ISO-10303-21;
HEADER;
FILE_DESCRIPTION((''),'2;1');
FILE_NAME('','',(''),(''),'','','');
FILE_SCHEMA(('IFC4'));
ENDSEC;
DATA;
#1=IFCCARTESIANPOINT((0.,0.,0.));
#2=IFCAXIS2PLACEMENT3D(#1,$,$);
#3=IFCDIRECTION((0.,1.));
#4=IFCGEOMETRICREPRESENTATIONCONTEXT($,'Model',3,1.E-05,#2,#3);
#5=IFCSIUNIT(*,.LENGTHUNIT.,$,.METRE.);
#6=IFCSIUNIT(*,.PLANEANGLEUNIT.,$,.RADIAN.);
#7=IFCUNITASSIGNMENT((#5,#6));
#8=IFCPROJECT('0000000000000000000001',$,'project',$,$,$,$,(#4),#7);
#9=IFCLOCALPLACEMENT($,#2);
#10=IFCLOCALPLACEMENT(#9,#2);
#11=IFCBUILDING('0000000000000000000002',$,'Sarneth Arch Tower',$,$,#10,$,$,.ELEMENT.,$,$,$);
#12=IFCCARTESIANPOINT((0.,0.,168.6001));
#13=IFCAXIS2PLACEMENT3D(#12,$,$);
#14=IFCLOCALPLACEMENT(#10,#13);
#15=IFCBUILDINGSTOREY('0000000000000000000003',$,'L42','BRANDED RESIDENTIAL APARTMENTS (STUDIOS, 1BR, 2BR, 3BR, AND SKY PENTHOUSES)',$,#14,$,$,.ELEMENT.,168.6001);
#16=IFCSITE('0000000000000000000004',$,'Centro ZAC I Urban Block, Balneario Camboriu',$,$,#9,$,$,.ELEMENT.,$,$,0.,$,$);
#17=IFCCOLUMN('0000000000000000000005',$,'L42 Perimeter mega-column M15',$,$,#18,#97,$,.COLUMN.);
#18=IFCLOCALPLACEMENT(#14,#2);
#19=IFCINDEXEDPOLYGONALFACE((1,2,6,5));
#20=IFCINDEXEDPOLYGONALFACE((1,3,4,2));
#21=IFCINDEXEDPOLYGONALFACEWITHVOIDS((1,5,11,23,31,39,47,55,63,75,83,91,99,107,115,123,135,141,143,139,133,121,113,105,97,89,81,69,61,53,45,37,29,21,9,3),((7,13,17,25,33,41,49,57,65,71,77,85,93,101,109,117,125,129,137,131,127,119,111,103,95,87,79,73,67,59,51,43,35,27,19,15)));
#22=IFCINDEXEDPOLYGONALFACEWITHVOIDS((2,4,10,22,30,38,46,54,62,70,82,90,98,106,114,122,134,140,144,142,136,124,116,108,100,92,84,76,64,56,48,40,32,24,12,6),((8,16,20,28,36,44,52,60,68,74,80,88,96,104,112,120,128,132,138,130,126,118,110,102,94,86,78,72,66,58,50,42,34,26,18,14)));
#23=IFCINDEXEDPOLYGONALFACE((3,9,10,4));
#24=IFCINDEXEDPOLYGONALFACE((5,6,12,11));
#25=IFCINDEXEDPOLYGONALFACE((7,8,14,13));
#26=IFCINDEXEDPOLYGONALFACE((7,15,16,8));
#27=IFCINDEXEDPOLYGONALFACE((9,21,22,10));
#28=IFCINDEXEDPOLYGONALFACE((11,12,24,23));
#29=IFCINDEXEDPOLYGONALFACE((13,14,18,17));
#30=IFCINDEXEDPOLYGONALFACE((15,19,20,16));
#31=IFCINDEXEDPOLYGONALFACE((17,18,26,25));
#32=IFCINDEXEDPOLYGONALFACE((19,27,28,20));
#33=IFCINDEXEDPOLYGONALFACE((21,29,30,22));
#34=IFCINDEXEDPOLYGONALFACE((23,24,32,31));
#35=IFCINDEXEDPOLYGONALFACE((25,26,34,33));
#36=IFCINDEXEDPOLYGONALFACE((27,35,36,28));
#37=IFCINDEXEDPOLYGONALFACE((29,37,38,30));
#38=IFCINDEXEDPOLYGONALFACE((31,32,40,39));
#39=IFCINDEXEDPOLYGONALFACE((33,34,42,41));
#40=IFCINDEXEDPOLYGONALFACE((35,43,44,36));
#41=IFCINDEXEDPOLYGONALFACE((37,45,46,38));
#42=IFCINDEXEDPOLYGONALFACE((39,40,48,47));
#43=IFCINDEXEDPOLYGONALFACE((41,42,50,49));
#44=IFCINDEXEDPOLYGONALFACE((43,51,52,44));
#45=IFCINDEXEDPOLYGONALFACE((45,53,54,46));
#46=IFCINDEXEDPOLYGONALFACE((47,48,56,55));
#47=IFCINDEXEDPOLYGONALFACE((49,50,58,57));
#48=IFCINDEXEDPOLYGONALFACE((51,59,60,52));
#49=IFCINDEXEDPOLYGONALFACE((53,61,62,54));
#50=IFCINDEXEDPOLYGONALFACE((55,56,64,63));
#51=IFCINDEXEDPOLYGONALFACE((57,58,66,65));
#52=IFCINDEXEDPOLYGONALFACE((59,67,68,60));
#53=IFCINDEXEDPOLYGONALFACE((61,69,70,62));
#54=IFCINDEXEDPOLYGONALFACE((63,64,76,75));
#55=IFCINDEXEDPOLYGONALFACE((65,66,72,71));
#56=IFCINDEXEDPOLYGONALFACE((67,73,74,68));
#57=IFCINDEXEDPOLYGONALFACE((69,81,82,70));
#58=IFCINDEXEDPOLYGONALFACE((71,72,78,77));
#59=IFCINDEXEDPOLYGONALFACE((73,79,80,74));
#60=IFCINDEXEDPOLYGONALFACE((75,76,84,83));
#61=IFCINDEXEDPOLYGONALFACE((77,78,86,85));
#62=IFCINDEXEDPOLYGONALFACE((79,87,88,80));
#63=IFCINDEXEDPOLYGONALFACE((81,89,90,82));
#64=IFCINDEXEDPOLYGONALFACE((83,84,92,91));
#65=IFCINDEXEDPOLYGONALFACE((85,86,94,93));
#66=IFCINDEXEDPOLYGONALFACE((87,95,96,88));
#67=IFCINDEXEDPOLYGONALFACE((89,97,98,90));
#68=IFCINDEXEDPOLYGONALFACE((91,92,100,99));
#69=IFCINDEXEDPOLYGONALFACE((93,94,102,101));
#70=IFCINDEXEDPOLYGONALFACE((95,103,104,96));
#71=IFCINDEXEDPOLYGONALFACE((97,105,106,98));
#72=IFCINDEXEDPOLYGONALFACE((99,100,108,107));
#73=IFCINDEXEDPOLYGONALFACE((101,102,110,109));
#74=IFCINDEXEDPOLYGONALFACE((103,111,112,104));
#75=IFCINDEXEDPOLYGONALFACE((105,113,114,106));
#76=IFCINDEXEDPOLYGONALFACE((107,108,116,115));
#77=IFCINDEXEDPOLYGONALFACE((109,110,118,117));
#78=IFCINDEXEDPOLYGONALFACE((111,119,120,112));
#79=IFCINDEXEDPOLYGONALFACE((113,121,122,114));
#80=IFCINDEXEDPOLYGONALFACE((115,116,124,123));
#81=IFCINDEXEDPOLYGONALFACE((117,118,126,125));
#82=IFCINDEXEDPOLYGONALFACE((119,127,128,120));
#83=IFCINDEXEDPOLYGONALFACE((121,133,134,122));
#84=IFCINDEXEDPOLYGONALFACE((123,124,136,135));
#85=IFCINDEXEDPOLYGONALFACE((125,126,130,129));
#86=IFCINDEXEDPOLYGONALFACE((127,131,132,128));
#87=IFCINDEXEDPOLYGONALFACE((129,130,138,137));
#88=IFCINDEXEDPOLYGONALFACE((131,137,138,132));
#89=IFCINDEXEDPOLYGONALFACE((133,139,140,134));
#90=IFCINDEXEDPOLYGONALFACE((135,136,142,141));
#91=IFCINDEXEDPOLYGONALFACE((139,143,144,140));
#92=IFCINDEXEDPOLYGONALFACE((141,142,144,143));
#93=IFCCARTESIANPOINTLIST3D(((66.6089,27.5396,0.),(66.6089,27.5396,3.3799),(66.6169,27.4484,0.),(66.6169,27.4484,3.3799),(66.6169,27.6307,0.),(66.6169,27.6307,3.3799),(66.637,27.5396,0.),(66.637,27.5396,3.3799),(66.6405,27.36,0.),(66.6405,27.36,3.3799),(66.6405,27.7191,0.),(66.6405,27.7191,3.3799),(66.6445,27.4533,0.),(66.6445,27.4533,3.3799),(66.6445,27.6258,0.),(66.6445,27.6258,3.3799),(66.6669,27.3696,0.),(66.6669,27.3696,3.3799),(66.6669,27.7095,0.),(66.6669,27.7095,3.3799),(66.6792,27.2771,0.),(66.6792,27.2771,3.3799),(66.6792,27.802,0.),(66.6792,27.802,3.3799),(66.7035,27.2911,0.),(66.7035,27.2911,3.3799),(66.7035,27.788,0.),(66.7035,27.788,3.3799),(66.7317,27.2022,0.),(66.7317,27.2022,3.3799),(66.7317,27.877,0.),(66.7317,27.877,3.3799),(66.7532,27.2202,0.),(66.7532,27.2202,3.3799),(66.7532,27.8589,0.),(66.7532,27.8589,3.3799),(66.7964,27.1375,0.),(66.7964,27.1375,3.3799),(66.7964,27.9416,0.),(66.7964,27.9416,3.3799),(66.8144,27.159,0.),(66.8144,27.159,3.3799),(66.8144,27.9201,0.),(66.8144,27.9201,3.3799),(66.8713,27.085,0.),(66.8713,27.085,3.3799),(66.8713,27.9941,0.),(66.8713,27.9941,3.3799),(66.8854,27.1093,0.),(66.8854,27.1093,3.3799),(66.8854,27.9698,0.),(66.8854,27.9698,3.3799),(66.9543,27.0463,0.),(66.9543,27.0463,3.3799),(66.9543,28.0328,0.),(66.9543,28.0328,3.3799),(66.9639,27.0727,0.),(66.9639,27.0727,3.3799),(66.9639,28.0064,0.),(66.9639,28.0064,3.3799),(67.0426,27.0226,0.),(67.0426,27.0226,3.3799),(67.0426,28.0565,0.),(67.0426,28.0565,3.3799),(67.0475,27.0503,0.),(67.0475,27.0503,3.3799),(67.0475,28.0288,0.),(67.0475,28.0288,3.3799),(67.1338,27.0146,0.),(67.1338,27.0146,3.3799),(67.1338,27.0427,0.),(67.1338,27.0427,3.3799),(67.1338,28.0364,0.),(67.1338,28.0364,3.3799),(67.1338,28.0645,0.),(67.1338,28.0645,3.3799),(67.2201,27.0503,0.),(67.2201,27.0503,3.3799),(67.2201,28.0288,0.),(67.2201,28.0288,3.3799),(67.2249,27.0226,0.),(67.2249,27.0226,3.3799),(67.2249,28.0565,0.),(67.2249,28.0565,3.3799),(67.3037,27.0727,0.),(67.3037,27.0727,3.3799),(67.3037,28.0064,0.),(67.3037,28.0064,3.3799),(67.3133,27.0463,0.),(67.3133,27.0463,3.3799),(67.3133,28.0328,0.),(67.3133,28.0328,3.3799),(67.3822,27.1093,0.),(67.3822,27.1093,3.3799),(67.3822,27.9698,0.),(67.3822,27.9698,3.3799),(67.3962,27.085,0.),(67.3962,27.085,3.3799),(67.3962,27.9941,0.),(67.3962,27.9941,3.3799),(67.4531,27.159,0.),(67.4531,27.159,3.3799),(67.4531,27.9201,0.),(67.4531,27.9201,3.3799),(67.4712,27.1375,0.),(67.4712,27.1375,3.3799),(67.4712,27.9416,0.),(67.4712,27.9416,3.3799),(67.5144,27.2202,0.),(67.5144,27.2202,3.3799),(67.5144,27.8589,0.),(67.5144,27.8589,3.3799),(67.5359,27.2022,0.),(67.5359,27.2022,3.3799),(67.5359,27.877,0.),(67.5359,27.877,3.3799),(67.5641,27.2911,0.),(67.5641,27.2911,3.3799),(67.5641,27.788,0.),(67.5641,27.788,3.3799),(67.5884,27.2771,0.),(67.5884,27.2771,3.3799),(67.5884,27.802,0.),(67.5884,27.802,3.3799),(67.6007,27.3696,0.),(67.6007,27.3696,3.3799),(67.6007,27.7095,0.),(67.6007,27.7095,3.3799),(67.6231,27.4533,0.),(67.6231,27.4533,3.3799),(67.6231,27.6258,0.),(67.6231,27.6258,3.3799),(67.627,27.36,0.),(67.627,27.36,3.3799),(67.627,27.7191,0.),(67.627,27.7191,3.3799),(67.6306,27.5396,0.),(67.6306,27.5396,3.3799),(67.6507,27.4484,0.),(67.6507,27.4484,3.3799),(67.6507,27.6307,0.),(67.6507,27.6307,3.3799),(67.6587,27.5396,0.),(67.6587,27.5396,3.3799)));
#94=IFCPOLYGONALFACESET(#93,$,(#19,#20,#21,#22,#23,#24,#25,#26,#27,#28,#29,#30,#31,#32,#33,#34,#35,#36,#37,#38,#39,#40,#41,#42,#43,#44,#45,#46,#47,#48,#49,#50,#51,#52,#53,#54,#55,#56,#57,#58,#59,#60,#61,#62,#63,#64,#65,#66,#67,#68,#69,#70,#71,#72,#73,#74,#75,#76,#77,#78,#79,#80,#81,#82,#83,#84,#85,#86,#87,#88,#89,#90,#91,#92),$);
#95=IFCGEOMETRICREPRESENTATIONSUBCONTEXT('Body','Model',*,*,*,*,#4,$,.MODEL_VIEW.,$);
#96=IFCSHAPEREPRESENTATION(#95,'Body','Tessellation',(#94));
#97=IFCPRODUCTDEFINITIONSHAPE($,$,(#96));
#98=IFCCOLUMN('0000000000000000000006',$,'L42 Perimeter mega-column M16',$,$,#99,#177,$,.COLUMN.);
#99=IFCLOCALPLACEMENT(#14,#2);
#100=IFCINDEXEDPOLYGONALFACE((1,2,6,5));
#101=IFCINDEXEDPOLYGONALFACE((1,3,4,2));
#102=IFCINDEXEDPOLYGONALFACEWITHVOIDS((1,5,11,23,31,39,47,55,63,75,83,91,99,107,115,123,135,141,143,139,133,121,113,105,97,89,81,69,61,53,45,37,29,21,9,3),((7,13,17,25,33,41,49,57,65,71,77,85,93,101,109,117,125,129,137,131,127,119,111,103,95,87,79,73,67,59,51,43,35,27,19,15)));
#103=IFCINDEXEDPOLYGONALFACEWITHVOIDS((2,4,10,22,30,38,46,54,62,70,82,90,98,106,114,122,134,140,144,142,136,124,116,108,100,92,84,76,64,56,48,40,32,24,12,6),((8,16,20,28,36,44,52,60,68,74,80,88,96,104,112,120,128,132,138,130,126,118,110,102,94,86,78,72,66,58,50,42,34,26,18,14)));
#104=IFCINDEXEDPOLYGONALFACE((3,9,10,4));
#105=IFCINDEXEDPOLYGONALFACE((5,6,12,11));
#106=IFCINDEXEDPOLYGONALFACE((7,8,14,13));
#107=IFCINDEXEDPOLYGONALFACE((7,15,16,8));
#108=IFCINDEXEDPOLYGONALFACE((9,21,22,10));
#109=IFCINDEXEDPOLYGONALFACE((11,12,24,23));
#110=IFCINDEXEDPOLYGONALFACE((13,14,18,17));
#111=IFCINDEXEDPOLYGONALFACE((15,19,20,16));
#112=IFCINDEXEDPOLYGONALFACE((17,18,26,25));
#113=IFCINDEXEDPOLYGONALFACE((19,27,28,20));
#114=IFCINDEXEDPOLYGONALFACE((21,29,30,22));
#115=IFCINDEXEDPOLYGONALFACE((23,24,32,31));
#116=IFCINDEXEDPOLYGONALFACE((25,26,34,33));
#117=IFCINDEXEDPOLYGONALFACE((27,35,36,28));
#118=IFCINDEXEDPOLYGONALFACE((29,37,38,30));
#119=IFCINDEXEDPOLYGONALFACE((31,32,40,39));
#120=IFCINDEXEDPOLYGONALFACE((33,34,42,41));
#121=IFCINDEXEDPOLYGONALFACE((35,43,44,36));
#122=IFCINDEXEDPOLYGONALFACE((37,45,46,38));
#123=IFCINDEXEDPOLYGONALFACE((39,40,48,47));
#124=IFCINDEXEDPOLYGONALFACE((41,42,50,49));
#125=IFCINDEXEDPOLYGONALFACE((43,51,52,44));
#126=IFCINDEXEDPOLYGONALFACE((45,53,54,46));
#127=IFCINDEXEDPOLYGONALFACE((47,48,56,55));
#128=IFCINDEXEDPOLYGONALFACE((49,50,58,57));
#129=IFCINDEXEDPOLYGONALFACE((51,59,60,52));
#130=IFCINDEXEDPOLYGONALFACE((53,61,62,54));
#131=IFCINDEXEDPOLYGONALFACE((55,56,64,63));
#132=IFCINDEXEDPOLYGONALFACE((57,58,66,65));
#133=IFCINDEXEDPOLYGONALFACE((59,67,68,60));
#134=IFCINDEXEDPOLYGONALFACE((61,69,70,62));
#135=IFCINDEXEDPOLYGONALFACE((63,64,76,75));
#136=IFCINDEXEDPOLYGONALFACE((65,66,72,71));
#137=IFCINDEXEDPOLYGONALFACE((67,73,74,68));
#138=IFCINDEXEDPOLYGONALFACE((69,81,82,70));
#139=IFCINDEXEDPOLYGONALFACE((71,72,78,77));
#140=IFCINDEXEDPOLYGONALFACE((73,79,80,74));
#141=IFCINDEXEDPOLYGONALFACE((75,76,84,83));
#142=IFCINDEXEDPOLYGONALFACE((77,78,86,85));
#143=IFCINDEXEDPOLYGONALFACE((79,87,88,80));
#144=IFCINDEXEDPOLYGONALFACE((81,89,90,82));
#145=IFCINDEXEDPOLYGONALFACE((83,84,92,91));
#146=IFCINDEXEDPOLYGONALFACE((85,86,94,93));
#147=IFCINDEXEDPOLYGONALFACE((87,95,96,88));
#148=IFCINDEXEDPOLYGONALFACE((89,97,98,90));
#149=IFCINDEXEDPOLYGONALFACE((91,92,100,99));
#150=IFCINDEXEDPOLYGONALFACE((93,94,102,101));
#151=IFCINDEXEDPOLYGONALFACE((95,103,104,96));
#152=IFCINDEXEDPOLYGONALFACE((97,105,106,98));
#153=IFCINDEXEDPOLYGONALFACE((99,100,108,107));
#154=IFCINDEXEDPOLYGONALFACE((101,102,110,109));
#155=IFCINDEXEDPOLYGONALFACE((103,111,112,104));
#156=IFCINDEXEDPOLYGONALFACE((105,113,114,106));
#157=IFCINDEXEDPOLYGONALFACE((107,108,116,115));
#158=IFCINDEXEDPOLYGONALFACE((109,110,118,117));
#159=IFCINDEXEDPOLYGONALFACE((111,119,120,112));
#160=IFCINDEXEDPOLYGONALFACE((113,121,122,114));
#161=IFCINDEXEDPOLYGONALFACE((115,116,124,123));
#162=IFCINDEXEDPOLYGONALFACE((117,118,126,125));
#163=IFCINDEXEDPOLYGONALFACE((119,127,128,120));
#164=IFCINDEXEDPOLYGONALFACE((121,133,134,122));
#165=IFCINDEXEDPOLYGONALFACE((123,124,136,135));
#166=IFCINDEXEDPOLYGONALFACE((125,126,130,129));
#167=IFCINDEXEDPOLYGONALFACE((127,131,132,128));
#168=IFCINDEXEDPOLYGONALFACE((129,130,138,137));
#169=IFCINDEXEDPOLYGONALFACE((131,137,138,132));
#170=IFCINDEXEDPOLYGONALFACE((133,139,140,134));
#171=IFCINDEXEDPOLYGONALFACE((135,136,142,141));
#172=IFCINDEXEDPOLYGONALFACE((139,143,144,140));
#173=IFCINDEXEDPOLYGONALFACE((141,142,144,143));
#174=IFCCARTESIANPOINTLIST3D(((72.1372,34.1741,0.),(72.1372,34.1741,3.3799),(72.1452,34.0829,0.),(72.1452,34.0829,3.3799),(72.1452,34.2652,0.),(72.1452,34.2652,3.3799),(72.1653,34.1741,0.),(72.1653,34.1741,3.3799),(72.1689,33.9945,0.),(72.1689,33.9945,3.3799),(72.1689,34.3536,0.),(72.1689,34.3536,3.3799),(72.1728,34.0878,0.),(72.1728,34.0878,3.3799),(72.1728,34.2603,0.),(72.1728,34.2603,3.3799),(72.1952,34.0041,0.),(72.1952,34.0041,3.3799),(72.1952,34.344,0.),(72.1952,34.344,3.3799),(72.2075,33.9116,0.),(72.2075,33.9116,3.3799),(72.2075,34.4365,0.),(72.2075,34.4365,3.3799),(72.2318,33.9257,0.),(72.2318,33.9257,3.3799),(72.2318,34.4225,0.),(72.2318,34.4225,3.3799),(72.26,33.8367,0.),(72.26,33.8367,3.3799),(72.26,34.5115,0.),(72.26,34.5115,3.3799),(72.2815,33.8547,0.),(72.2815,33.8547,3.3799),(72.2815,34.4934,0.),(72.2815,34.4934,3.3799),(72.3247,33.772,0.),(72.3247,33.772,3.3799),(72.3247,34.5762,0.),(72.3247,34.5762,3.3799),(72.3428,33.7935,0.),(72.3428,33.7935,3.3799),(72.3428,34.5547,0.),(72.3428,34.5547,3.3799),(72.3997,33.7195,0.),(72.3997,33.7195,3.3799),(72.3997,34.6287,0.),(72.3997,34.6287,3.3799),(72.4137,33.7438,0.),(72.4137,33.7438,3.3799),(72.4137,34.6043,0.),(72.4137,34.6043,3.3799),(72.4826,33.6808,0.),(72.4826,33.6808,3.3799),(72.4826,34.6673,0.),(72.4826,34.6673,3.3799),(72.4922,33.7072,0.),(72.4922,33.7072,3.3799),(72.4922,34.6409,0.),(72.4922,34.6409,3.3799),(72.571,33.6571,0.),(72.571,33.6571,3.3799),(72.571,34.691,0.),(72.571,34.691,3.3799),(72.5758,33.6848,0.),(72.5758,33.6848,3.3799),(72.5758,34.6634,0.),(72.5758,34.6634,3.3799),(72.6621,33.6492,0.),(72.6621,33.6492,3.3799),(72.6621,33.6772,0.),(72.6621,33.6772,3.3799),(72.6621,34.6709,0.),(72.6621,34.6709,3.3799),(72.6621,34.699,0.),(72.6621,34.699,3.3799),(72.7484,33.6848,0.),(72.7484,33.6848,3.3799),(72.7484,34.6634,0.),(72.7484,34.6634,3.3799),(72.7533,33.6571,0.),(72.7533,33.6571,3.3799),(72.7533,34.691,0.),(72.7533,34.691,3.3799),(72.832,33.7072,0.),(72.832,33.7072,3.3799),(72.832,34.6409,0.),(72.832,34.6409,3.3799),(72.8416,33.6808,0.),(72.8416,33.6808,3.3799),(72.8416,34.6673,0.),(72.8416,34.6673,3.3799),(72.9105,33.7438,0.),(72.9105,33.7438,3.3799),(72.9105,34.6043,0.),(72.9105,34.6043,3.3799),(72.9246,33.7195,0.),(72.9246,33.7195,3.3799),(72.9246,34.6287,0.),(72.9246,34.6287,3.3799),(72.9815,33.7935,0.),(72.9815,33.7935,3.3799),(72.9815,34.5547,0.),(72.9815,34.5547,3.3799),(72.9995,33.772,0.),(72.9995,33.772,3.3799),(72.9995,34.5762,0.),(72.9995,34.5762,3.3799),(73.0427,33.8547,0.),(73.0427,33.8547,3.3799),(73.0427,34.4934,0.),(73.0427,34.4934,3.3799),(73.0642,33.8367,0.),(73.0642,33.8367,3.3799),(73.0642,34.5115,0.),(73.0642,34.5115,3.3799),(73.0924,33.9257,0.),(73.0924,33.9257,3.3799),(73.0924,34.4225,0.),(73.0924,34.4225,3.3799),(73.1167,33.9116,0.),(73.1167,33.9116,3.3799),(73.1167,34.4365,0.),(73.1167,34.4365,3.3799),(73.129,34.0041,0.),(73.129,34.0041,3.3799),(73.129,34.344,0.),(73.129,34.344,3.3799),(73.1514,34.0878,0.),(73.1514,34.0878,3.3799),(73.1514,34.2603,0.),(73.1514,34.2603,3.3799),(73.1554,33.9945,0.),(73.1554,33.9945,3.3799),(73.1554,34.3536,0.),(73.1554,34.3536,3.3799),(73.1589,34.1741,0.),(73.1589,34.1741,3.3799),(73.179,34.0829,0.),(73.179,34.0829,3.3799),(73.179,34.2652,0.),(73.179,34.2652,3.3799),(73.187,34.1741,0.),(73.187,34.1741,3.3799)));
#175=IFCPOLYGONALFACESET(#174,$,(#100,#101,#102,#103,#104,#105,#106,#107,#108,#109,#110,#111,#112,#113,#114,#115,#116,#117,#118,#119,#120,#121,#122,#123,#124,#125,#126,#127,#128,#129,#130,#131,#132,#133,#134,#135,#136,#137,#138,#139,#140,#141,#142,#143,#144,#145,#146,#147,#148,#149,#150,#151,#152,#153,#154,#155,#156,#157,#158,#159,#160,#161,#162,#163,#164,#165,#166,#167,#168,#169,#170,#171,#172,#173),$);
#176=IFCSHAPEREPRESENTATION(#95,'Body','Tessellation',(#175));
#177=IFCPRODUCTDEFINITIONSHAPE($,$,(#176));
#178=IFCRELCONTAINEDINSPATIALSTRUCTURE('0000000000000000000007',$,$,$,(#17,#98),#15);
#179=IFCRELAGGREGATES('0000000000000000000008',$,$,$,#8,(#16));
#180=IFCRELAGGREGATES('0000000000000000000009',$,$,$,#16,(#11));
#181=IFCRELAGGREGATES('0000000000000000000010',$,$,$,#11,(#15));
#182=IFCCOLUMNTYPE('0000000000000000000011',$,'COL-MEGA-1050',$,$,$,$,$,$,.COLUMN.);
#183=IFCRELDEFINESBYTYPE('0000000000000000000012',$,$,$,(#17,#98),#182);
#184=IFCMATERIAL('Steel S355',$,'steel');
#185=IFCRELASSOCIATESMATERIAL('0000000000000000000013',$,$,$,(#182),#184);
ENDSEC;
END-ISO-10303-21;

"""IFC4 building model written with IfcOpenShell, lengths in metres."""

from ifc_helpers import new_model, si_unit, direction, frame, origin, origin_2d, place, context, subcontext, project, spatial, hollow_circle, extrude, material, material_profile, profile_set, type_object, element, save


model = new_model("IFC4")

# Units and contexts
model_context = context("Model", 3, precision=1e-05, world=origin(), true_north=direction((0.0, 1.0)))
body_context = subcontext(model_context, "Body", "Model", "MODEL_VIEW")
ifc_project = project(units=[si_unit("LENGTHUNIT", "METRE"), si_unit("PLANEANGLEUNIT", "RADIAN")], contexts=[model_context])

# Site, building, storey
site_placement = place(None, origin())
site = spatial("IfcSite", under=ifc_project, at=site_placement, Name="Centro ZAC I Urban Block, Balneario Camboriu", CompositionType="ELEMENT", RefElevation=0.0)
building_placement = place(site_placement, origin())
building = spatial("IfcBuilding", under=site, at=building_placement, Name="Sarneth Arch Tower", CompositionType="ELEMENT")
storey_placement = place(building_placement, frame((0.0, 0.0, 168.6001)))
storey = spatial("IfcBuildingStorey", under=building, at=storey_placement, Name="L42", Description="BRANDED RESIDENTIAL APARTMENTS (STUDIOS, 1BR, 2BR, 3BR, AND SKY PENTHOUSES)", CompositionType="ELEMENT", Elevation=168.6001)

# Columns
ifc_material_1 = material(Name="Steel S355", Category="steel")
ifc_material_profile_1 = material_profile(ifc_material_1, hollow_circle(Radius=0.5249, WallThickness=0.0281, at=origin_2d()), Name="CHS1050x28")
ifc_profile_set_1 = profile_set([ifc_material_profile_1], Name="Steel S355")
column_type = type_object("IfcColumnType", Name="COL-MEGA-1050", PredefinedType="COLUMN", material=ifc_profile_set_1)
for number, where, z_axis, x_axis, name in (
    (1, (67.1338, 27.5396, 0.0), (0.0, 0.0, 1.0), (1.0, 0.0, 0.0), "L42 Perimeter mega-column M15"),
    (2, (72.6621, 34.1741, 0.0), (0.0, 0.0, 1.0), (1.0, 0.0, 0.0), "L42 Perimeter mega-column M16"),
):
    element("IfcColumn", number, at=place(storey_placement, frame(where, z_axis=z_axis, x_axis=x_axis)), inside=storey, type_object=column_type, Name=name, PredefinedType="COLUMN", context=body_context, shape_type="SweptSolid", body=[
        extrude(hollow_circle(Radius=0.5249, WallThickness=0.0281, at=origin_2d()), origin(), (0.0, 0.0, 1.0), 3.3799),
    ])

save(model, "model.ifc")
